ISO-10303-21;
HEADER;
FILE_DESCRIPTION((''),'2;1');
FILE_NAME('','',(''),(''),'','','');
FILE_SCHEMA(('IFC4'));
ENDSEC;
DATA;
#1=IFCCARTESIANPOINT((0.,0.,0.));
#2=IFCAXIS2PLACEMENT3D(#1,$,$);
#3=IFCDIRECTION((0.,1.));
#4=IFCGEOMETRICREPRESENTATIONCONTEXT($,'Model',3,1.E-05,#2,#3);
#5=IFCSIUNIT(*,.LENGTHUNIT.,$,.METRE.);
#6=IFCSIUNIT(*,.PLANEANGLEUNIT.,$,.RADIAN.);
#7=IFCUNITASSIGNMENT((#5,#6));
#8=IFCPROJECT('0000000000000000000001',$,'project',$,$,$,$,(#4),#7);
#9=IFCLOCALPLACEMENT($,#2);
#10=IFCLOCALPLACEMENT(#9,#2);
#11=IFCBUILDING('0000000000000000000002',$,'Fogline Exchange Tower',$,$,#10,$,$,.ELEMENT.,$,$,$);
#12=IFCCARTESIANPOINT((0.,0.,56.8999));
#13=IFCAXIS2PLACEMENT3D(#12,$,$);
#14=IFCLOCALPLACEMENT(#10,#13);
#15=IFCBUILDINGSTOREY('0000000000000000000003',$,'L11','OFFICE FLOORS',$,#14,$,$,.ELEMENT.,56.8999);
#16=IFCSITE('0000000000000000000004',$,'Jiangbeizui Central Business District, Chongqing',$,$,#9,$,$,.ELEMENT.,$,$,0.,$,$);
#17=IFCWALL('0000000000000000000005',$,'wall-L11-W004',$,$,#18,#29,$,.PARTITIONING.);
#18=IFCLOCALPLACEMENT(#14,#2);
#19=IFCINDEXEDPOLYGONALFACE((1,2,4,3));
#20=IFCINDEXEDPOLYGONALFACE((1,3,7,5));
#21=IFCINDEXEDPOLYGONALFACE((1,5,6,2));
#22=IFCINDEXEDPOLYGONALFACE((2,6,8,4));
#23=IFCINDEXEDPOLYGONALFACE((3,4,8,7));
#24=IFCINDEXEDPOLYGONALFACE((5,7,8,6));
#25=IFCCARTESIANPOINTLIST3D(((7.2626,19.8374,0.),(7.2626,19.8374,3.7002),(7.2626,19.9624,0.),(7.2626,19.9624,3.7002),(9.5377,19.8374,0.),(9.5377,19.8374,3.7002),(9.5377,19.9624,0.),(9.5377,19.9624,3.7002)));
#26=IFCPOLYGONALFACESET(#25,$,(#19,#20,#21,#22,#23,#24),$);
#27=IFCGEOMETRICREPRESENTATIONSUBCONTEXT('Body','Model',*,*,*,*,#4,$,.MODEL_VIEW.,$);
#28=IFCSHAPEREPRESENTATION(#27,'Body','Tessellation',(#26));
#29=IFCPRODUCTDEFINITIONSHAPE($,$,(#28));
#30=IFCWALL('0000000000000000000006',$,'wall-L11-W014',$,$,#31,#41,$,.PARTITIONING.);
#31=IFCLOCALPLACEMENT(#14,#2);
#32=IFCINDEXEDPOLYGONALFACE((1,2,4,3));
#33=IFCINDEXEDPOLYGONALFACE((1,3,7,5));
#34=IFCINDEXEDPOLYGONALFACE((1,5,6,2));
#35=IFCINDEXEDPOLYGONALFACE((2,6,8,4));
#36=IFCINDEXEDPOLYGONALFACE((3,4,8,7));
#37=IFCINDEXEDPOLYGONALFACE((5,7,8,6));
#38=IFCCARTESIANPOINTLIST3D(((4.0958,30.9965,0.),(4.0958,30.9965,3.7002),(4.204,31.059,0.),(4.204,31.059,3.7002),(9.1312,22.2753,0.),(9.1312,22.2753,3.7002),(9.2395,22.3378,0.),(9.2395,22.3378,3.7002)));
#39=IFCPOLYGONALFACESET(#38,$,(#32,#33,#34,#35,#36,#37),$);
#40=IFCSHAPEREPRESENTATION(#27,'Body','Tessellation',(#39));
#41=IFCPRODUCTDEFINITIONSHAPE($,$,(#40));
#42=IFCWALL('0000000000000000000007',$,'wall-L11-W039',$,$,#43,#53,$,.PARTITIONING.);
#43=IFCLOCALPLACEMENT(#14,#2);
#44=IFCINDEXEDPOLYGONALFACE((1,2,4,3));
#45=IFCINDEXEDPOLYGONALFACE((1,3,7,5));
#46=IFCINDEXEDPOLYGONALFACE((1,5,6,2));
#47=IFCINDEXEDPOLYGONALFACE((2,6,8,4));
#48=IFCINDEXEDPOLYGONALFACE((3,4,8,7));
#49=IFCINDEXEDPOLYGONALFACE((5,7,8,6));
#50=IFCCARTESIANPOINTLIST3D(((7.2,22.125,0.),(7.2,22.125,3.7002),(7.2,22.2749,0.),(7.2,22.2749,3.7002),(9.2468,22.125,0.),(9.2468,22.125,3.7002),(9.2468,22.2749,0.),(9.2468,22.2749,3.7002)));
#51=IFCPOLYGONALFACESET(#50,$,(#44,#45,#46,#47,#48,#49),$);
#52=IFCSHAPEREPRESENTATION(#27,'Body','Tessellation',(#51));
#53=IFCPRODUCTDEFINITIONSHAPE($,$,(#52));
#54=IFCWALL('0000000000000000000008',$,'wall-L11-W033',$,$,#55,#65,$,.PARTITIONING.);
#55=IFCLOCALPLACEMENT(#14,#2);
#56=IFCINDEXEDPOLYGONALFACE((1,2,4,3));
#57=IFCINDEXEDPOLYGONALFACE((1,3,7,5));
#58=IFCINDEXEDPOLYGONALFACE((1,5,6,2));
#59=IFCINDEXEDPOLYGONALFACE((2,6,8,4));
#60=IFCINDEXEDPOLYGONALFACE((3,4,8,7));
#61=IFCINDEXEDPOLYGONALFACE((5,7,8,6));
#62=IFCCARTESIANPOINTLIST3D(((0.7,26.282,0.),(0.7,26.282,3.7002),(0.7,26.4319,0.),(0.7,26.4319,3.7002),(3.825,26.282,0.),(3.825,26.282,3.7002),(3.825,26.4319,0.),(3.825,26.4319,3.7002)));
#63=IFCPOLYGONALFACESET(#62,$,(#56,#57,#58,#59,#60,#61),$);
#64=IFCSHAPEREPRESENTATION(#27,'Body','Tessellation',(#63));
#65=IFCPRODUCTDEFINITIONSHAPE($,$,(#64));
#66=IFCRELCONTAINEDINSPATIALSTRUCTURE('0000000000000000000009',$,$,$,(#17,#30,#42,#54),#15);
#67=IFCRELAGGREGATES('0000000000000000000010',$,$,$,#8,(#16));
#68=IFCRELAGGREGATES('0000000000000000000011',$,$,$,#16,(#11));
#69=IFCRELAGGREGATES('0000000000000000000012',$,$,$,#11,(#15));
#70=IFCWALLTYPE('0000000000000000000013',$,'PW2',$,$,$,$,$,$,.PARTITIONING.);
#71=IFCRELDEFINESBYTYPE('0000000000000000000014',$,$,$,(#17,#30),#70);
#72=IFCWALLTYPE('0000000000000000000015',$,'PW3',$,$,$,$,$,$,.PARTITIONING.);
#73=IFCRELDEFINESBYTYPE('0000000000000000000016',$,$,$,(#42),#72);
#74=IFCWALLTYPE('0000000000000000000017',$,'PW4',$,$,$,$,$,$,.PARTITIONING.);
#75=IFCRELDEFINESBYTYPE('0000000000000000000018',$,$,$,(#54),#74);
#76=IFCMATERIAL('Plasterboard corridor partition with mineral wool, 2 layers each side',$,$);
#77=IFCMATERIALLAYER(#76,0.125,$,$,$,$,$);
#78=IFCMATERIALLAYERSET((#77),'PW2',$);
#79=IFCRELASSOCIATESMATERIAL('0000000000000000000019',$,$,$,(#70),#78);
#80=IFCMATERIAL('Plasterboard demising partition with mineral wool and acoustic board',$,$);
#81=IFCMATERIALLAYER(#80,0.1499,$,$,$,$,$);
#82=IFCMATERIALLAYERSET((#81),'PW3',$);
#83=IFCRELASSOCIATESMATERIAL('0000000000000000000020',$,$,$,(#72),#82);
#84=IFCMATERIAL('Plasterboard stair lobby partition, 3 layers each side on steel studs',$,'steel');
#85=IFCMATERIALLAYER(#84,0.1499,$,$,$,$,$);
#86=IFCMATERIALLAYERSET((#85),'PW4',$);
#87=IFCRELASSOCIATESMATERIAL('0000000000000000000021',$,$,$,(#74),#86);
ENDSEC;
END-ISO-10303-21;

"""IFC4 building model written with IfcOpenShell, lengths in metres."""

from ifc_helpers import new_model, si_unit, direction, frame, frame_2d, origin, place, context, subcontext, project, spatial, rectangle, extrude, material, layer, layer_set, type_object, element, save


model = new_model("IFC4")

# Units and contexts
model_context = context("Model", 3, precision=1e-05, world=origin(), true_north=direction((0.0, 1.0)))
body_context = subcontext(model_context, "Body", "Model", "MODEL_VIEW")
ifc_project = project(units=[si_unit("LENGTHUNIT", "METRE"), si_unit("PLANEANGLEUNIT", "RADIAN")], contexts=[model_context])

# Site, building, storey
site_placement = place(None, origin())
site = spatial("IfcSite", under=ifc_project, at=site_placement, Name="Jiangbeizui Central Business District, Chongqing", CompositionType="ELEMENT", RefElevation=0.0)
building_placement = place(site_placement, origin())
building = spatial("IfcBuilding", under=site, at=building_placement, Name="Fogline Exchange Tower", CompositionType="ELEMENT")
storey_placement = place(building_placement, frame((0.0, 0.0, 56.8999)))
storey = spatial("IfcBuildingStorey", under=building, at=storey_placement, Name="L11", Description="OFFICE FLOORS", CompositionType="ELEMENT", Elevation=56.8999)

# Shared definitions
ifc_material_1 = material(Name="Plasterboard corridor partition with mineral wool, 2 layers each side")
ifc_layer_1 = layer(ifc_material_1, 0.125)
ifc_layer_set_1 = layer_set([ifc_layer_1], Name="PW2")
wall_type_1 = type_object("IfcWallType", Name="PW2", PredefinedType="PARTITIONING", material=ifc_layer_set_1)

# Walls
wall_1_placement = place(storey_placement, frame((7.2625, 19.8999, 0.0), z_axis=(0.0, 0.0, 1.0), x_axis=(1.0, 0.0, 0.0)))
element("IfcWall", 1, at=wall_1_placement, inside=storey, type_object=wall_type_1, Name="wall-L11-W004", PredefinedType="PARTITIONING", context=body_context, shape_type="SweptSolid", body=[
    extrude(rectangle(XDim=2.2751, YDim=0.125, at=frame_2d((1.1377, 0.0))), origin(), (0.0, 0.0, 1.0), 3.7002),
])
wall_2_placement = place(storey_placement, frame((9.1853, 22.3066, 0.0), z_axis=(0.0, 0.0, 1.0), x_axis=(-0.500016, 0.866016, 0.0)))
element("IfcWall", 2, at=wall_2_placement, inside=storey, type_object=wall_type_1, Name="wall-L11-W014", PredefinedType="PARTITIONING", context=body_context, shape_type="SweptSolid", body=[
    extrude(rectangle(XDim=10.0706, YDim=0.125, at=frame_2d((5.0352, 0.0))), origin(), (0.0, 0.0, 1.0), 3.7002),
])
ifc_material_2 = material(Name="Plasterboard demising partition with mineral wool and acoustic board")
ifc_layer_2 = layer(ifc_material_2, 0.1499)
ifc_layer_set_2 = layer_set([ifc_layer_2], Name="PW3")
wall_type_2 = type_object("IfcWallType", Name="PW3", PredefinedType="PARTITIONING", material=ifc_layer_set_2)
wall_3_placement = place(storey_placement, frame((7.2, 22.2, 0.0), z_axis=(0.0, 0.0, 1.0), x_axis=(1.0, 0.0, 0.0)))
element("IfcWall", 3, at=wall_3_placement, inside=storey, type_object=wall_type_2, Name="wall-L11-W039", PredefinedType="PARTITIONING", context=body_context, shape_type="SweptSolid", body=[
    extrude(rectangle(XDim=2.0469, YDim=0.1499, at=frame_2d((1.0234, 0.0))), origin(), (0.0, 0.0, 1.0), 3.7002),
])
ifc_material_3 = material(Name="Plasterboard stair lobby partition, 3 layers each side on steel studs", Category="steel")
ifc_layer_3 = layer(ifc_material_3, 0.1499)
ifc_layer_set_3 = layer_set([ifc_layer_3], Name="PW4")
wall_type_3 = type_object("IfcWallType", Name="PW4", PredefinedType="PARTITIONING", material=ifc_layer_set_3)
wall_4_placement = place(storey_placement, frame((3.825, 26.3569, 0.0), z_axis=(0.0, 0.0, 1.0), x_axis=(-1.0, 0.0, 0.0)))
element("IfcWall", 4, at=wall_4_placement, inside=storey, type_object=wall_type_3, Name="wall-L11-W033", PredefinedType="PARTITIONING", context=body_context, shape_type="SweptSolid", body=[
    extrude(rectangle(XDim=3.125, YDim=0.1499, at=frame_2d((1.5625, 0.0))), origin(), (0.0, 0.0, 1.0), 3.7002),
])

save(model, "model.ifc")
